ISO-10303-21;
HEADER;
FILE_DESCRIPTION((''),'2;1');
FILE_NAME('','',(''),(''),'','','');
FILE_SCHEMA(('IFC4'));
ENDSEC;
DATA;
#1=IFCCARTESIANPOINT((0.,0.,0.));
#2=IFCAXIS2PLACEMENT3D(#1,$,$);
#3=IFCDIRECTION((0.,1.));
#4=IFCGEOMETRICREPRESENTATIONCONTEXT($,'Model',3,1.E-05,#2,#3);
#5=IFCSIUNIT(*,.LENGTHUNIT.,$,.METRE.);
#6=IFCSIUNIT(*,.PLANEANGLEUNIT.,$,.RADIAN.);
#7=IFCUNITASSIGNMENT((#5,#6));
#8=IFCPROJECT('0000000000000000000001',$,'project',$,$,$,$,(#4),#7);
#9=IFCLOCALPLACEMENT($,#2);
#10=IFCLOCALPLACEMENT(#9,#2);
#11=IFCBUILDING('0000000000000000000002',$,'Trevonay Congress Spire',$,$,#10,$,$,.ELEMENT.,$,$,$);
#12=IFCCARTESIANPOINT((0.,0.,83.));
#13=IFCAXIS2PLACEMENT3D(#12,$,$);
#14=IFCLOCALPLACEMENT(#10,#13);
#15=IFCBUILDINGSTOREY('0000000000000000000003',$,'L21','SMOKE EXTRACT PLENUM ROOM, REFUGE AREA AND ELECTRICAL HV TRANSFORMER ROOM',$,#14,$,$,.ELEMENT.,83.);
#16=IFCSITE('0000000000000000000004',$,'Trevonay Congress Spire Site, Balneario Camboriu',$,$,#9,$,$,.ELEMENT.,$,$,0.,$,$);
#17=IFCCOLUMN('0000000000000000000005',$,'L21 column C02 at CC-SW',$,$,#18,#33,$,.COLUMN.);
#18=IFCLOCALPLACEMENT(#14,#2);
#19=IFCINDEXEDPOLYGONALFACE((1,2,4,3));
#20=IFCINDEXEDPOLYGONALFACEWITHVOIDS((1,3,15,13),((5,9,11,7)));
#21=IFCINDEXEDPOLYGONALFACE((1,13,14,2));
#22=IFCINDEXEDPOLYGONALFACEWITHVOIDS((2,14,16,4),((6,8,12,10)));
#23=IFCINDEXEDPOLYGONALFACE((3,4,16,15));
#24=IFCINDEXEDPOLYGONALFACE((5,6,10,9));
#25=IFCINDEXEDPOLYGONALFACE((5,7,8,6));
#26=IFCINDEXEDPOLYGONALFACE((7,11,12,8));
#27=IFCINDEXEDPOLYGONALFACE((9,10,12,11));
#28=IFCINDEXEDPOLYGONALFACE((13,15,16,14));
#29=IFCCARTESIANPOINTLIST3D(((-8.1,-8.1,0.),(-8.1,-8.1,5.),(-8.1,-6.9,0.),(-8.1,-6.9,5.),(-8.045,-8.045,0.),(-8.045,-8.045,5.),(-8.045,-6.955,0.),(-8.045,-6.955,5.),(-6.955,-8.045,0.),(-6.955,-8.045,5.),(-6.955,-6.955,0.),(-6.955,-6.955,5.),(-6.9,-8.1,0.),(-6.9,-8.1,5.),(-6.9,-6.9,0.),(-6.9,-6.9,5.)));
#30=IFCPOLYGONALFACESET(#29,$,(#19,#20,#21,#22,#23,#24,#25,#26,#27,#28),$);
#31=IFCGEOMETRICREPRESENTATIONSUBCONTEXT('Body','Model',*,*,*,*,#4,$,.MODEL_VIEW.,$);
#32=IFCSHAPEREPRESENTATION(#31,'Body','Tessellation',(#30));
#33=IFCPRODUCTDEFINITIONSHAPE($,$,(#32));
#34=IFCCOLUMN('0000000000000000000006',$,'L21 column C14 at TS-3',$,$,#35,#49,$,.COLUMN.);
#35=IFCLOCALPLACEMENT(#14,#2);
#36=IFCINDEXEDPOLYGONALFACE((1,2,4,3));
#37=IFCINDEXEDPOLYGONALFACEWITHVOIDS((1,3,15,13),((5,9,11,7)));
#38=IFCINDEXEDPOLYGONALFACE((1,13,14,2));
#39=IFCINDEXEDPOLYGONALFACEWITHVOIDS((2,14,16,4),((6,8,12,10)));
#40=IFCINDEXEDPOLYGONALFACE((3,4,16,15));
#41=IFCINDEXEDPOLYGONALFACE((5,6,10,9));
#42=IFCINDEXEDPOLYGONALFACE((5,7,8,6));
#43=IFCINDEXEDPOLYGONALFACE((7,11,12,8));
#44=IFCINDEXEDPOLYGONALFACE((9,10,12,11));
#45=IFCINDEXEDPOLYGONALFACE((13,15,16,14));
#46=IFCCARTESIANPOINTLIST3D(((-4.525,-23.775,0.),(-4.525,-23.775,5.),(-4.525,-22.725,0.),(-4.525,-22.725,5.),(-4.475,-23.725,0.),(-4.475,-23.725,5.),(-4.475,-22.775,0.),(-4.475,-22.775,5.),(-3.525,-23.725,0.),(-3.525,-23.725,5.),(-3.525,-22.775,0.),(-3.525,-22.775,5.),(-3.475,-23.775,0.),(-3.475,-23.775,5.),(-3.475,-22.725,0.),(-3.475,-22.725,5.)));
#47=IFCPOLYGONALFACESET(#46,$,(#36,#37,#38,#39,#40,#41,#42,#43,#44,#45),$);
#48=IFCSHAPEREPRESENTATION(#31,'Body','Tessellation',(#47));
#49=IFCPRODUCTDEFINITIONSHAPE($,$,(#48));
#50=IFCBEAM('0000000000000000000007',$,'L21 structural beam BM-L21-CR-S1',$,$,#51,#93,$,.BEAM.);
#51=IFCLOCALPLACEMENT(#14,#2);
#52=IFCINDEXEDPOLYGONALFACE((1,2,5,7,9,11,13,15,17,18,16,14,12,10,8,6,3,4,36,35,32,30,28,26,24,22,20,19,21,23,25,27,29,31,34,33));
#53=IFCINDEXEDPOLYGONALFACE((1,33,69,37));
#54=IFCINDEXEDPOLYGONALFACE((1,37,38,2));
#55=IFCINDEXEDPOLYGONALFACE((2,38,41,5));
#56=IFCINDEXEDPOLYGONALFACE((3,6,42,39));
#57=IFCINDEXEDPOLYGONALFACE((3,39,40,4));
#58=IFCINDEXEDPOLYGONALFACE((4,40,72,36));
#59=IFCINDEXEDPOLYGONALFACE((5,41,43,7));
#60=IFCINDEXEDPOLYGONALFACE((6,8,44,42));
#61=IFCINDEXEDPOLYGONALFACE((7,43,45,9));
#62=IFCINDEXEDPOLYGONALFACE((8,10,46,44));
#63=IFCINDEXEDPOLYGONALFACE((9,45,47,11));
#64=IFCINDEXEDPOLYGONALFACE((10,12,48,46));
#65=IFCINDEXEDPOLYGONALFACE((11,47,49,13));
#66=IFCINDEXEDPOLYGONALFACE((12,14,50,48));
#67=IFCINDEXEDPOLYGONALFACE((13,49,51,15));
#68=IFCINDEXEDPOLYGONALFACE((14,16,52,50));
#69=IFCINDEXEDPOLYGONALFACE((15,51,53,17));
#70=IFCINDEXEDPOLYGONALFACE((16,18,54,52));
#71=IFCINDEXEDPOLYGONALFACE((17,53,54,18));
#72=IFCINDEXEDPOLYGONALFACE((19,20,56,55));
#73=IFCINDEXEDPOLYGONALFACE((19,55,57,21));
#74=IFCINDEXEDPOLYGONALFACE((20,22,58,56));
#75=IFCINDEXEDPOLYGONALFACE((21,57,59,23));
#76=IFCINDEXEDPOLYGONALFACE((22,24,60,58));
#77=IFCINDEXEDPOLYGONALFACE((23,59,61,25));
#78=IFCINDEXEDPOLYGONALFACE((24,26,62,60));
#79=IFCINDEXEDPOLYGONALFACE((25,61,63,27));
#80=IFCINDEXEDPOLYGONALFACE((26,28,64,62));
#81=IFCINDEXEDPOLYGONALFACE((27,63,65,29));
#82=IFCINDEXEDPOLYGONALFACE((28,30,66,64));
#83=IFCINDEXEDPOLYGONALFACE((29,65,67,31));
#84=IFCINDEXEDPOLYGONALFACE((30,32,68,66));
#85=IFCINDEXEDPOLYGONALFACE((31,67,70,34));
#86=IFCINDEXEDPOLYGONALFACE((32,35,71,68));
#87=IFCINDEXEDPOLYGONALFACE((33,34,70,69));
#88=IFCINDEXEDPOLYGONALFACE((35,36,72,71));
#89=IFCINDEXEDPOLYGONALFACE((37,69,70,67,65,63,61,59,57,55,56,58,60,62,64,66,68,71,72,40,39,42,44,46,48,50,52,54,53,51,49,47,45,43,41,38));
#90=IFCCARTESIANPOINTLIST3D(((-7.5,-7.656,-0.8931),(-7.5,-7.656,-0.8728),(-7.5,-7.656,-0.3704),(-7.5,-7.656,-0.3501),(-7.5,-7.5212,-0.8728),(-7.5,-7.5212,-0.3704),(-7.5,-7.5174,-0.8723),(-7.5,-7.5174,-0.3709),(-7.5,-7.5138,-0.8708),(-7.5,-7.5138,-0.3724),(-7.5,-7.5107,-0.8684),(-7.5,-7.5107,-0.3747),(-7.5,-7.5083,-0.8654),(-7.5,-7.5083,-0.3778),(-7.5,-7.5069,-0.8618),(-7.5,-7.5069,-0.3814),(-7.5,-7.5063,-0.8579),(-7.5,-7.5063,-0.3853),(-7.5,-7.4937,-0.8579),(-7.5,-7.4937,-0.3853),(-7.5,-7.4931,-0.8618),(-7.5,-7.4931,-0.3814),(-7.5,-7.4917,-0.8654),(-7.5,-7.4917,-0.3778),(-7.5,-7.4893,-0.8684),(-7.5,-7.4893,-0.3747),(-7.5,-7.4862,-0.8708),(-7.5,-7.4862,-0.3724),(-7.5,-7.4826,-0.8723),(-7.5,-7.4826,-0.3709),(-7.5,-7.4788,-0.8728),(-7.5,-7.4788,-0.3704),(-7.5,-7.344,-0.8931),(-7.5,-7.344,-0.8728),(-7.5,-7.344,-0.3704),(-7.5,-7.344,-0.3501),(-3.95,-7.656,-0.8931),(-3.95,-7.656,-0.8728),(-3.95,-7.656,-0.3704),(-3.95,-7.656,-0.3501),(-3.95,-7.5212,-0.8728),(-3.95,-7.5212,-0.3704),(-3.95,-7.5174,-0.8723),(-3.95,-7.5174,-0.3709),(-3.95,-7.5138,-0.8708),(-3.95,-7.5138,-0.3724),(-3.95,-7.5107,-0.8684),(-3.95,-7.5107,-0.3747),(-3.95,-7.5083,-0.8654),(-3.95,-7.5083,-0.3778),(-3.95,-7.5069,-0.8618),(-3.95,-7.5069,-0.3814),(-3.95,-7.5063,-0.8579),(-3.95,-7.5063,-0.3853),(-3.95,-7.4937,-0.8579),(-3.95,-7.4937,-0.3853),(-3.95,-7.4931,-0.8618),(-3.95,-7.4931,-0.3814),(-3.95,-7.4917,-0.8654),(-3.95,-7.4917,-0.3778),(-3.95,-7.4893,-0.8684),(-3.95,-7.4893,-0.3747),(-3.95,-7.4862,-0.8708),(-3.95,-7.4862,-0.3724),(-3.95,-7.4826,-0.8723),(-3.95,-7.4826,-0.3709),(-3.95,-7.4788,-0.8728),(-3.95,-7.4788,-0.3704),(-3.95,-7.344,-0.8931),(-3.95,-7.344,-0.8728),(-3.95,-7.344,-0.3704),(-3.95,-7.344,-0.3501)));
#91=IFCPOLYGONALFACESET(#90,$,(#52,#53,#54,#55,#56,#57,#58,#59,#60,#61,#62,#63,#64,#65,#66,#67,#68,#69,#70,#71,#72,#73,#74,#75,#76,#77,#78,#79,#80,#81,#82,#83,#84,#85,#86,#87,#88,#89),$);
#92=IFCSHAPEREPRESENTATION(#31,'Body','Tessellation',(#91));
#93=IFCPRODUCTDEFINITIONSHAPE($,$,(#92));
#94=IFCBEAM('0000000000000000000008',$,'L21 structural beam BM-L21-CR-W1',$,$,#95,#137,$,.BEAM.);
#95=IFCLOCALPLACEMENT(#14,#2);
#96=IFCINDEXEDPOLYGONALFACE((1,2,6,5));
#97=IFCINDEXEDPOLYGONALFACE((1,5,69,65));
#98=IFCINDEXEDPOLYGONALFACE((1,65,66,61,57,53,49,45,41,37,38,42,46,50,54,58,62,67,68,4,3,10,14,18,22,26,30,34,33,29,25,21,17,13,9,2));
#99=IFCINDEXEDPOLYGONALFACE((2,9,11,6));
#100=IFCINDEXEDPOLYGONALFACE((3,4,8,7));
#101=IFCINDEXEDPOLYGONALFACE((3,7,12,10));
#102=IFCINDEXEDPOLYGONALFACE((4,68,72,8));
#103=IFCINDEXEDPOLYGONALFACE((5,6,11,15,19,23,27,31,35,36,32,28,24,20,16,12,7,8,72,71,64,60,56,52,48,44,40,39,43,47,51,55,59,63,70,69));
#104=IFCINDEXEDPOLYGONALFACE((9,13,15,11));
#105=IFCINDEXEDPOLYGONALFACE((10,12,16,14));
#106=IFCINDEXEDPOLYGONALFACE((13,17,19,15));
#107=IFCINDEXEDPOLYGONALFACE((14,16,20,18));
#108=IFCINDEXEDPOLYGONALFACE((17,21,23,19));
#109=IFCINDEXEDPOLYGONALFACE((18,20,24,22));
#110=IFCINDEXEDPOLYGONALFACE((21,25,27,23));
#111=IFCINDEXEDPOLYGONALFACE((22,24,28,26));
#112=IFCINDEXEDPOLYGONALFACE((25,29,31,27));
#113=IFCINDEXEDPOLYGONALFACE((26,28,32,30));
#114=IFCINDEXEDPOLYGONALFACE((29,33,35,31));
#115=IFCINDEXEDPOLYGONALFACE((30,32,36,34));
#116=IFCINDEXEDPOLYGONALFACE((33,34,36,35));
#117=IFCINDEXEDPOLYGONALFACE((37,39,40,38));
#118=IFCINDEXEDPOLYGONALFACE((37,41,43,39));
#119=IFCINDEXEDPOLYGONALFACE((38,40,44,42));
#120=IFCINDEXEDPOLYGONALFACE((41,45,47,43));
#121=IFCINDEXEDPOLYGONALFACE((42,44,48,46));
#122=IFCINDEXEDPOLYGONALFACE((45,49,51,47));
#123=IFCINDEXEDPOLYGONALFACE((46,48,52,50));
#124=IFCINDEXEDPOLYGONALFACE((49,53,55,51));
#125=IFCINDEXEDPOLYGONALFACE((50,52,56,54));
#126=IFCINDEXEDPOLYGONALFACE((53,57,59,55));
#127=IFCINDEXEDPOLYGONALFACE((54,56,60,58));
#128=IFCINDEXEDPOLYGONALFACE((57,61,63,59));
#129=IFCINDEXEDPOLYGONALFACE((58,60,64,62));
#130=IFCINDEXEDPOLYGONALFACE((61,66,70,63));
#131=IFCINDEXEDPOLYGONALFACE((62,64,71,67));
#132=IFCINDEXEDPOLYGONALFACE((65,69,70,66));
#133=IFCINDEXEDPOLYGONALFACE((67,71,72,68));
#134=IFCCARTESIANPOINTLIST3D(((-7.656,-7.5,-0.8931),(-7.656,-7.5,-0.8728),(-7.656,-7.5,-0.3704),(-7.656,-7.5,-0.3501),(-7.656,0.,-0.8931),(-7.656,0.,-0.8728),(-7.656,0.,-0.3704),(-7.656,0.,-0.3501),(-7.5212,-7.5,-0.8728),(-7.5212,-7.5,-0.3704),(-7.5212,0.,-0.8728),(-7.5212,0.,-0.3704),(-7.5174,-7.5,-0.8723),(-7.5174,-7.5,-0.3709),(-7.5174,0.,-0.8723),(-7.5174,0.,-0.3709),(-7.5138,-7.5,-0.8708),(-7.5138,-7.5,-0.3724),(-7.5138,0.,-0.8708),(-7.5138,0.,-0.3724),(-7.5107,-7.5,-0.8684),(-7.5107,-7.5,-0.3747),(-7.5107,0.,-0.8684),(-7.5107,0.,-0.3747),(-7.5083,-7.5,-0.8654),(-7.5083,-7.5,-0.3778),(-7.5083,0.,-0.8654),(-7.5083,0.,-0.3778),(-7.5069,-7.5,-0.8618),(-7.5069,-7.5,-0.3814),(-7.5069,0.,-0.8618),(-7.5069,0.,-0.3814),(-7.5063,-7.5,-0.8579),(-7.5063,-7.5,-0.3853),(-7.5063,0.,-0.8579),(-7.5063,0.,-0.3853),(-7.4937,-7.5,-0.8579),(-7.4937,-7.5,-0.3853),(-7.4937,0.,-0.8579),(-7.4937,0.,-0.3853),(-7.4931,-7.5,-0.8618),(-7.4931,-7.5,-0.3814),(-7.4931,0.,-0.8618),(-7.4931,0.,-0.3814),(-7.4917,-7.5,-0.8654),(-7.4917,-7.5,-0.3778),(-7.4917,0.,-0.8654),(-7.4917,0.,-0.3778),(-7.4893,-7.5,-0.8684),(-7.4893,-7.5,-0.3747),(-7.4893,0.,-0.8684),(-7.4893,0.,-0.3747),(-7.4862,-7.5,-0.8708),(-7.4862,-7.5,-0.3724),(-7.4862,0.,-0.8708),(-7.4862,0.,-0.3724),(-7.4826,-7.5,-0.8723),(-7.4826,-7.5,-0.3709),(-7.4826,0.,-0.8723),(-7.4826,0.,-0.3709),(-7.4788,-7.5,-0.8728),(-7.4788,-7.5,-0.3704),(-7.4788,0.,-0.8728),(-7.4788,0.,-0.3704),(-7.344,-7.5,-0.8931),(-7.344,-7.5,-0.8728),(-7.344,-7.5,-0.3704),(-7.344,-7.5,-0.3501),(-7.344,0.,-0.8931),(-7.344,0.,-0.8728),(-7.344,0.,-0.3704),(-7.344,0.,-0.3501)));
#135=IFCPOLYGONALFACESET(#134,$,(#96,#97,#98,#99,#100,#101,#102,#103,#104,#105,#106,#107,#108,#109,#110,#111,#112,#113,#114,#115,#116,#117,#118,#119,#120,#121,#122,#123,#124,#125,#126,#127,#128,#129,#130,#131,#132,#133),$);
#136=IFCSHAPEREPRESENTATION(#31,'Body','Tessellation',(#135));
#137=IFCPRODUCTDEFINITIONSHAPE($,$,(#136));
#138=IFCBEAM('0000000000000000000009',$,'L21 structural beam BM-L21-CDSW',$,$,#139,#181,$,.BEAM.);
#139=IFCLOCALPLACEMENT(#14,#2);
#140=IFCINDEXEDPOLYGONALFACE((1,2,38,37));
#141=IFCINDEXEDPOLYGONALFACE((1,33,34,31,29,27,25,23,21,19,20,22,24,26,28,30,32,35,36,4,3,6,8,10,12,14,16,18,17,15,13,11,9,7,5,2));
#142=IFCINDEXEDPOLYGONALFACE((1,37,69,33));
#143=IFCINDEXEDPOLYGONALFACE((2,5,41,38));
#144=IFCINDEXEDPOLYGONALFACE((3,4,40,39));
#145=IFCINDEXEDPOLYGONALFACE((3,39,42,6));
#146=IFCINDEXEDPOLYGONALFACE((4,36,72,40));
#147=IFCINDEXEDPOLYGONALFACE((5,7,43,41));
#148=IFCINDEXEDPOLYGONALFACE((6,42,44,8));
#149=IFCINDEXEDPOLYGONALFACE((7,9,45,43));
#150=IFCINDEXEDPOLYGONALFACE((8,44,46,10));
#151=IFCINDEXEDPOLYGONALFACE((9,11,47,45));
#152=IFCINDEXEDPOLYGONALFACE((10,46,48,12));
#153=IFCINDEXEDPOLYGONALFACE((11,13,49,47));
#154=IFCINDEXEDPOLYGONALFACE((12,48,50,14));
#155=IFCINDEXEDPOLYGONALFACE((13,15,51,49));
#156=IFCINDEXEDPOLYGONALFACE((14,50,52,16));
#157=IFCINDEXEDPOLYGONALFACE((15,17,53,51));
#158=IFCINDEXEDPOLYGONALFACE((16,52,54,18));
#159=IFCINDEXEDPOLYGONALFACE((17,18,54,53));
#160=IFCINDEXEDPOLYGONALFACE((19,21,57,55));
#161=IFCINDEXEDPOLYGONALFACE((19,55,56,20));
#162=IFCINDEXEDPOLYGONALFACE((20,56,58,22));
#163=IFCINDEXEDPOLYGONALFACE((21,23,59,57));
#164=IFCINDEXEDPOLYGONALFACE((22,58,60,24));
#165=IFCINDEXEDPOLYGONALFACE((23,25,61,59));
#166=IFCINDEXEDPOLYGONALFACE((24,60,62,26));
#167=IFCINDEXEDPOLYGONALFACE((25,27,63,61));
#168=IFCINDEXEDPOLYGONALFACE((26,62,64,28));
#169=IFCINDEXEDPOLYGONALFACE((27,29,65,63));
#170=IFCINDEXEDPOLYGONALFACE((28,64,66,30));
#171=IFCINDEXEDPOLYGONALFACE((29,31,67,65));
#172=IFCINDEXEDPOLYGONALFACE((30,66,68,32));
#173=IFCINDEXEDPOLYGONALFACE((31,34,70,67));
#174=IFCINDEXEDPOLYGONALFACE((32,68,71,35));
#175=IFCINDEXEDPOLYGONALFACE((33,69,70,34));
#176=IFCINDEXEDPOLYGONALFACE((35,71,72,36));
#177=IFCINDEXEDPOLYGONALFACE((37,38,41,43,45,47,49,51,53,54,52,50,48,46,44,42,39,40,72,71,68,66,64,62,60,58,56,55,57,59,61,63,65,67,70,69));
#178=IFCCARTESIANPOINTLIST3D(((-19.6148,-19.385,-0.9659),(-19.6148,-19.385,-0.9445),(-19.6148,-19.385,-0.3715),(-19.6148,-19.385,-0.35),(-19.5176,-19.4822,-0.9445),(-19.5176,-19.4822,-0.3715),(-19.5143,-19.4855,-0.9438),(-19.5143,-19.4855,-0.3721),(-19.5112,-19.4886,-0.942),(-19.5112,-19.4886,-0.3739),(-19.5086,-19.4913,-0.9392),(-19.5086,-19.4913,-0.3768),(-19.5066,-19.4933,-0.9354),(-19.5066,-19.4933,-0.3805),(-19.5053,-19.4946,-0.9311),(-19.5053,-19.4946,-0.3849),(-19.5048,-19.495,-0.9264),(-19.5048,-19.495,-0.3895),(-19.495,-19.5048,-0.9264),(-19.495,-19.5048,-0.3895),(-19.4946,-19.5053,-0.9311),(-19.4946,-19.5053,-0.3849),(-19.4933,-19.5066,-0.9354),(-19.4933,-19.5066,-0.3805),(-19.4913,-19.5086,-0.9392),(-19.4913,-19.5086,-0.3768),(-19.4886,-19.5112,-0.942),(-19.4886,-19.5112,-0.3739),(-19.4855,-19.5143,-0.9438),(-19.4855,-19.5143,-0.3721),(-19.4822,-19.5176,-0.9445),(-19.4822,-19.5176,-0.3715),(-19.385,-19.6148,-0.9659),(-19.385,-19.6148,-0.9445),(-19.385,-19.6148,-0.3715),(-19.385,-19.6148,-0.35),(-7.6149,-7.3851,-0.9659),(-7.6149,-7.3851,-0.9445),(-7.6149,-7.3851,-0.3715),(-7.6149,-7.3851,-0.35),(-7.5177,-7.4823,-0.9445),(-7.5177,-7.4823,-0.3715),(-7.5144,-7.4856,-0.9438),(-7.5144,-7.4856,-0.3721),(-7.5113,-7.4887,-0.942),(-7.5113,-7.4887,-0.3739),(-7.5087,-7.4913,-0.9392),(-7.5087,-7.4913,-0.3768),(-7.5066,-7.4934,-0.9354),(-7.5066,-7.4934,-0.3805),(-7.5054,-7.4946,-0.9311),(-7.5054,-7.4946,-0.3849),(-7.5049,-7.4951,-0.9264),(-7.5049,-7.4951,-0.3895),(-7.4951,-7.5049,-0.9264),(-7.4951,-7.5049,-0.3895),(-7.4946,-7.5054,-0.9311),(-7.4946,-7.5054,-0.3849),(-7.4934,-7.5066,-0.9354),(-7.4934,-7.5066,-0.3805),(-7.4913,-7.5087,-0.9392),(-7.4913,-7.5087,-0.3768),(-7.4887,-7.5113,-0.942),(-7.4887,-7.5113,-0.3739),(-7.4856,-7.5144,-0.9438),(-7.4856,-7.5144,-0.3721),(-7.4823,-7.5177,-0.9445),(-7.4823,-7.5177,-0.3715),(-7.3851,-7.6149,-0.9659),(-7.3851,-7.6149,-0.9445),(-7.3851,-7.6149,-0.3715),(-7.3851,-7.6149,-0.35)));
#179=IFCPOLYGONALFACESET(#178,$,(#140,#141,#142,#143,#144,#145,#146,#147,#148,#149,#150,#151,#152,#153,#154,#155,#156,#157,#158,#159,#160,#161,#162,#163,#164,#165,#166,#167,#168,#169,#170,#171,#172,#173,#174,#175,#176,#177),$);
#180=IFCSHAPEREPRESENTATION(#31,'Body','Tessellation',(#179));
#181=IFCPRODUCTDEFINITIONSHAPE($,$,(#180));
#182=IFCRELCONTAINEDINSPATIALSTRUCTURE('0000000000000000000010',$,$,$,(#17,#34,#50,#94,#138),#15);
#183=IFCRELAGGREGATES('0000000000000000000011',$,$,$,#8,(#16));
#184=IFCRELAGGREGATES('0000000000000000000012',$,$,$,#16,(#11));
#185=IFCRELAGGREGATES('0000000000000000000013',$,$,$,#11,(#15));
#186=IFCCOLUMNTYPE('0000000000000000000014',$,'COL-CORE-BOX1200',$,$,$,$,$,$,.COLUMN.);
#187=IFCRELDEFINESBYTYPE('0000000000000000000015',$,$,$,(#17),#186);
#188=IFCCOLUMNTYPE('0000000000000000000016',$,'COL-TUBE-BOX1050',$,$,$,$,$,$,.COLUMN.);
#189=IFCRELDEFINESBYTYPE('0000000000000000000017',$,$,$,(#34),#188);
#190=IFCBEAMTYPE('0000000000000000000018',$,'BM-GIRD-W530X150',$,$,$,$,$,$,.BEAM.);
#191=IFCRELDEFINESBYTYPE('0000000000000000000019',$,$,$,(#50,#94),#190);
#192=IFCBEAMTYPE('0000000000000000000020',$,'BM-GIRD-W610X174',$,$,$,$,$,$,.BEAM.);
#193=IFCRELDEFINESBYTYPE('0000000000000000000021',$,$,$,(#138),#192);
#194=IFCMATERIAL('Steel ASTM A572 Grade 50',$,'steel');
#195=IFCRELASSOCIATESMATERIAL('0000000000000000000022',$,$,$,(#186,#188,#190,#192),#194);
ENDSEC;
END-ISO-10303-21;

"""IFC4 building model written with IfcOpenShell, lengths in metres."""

from ifc_helpers import new_model, si_unit, direction, frame, origin, origin_2d, place, context, subcontext, project, spatial, hollow_rectangle, i_section, extrude, material, material_profile, profile_set, type_object, element, save


model = new_model("IFC4")

# Units and contexts
model_context = context("Model", 3, precision=1e-05, world=origin(), true_north=direction((0.0, 1.0)))
body_context = subcontext(model_context, "Body", "Model", "MODEL_VIEW")
ifc_project = project(units=[si_unit("LENGTHUNIT", "METRE"), si_unit("PLANEANGLEUNIT", "RADIAN")], contexts=[model_context])

# Site, building, storey
site_placement = place(None, origin())
site = spatial("IfcSite", under=ifc_project, at=site_placement, Name="Trevonay Congress Spire Site, Balneario Camboriu", CompositionType="ELEMENT", RefElevation=0.0)
building_placement = place(site_placement, origin())
building = spatial("IfcBuilding", under=site, at=building_placement, Name="Trevonay Congress Spire", CompositionType="ELEMENT")
storey_placement = place(building_placement, frame((0.0, 0.0, 83.0)))
storey = spatial("IfcBuildingStorey", under=building, at=storey_placement, Name="L21", Description="SMOKE EXTRACT PLENUM ROOM, REFUGE AREA AND ELECTRICAL HV TRANSFORMER ROOM", CompositionType="ELEMENT", Elevation=83.0)

# Columns
ifc_material_1 = material(Name="Steel ASTM A572 Grade 50", Category="steel")
ifc_material_profile_1 = material_profile(ifc_material_1, hollow_rectangle(XDim=1.2, YDim=1.2, WallThickness=0.0549, at=origin_2d()), Name="BOX 1200x1200x55")
ifc_profile_set_1 = profile_set([ifc_material_profile_1], Name="Steel ASTM A572 Grade 50")
column_type_1 = type_object("IfcColumnType", Name="COL-CORE-BOX1200", PredefinedType="COLUMN", material=ifc_profile_set_1)
column_1_placement = place(storey_placement, frame((-7.5, -7.5, 0.0), z_axis=(0.0, 0.0, 1.0), x_axis=(1.0, 0.0, 0.0)))
element("IfcColumn", 1, at=column_1_placement, inside=storey, type_object=column_type_1, Name="L21 column C02 at CC-SW", PredefinedType="COLUMN", context=body_context, shape_type="SweptSolid", body=[
    extrude(hollow_rectangle(XDim=1.2, YDim=1.2, WallThickness=0.0549, at=origin_2d()), origin(), (0.0, 0.0, 1.0), 5.0),
])
ifc_material_profile_2 = material_profile(ifc_material_1, hollow_rectangle(XDim=1.05, YDim=1.05, WallThickness=0.05, at=origin_2d()), Name="BOX 1050x1050x50")
ifc_profile_set_2 = profile_set([ifc_material_profile_2], Name="Steel ASTM A572 Grade 50")
column_type_2 = type_object("IfcColumnType", Name="COL-TUBE-BOX1050", PredefinedType="COLUMN", material=ifc_profile_set_2)
column_2_placement = place(storey_placement, frame((-4.0, -23.25, 0.0), z_axis=(0.0, 0.0, 1.0), x_axis=(1.0, 0.0, 0.0)))
element("IfcColumn", 2, at=column_2_placement, inside=storey, type_object=column_type_2, Name="L21 column C14 at TS-3", PredefinedType="COLUMN", context=body_context, shape_type="SweptSolid", body=[
    extrude(hollow_rectangle(XDim=1.05, YDim=1.05, WallThickness=0.05, at=origin_2d()), origin(), (0.0, 0.0, 1.0), 5.0),
])

# Beams
ifc_material_profile_3 = material_profile(ifc_material_1, i_section(OverallWidth=0.312, OverallDepth=0.543, WebThickness=0.0127, FlangeThickness=0.0203, FilletRadius=0.0149, at=origin_2d()), Name="W530x150")
ifc_profile_set_3 = profile_set([ifc_material_profile_3], Name="Steel ASTM A572 Grade 50")
beam_type_1 = type_object("IfcBeamType", Name="BM-GIRD-W530X150", PredefinedType="BEAM", material=ifc_profile_set_3)
beam_1_placement = place(storey_placement, frame((-7.5, -7.5, -0.6216), z_axis=(1.0, 0.0, 0.0), x_axis=(0.0, 1.0, 0.0)))
element("IfcBeam", 3, at=beam_1_placement, inside=storey, type_object=beam_type_1, Name="L21 structural beam BM-L21-CR-S1", PredefinedType="BEAM", context=body_context, shape_type="SweptSolid", body=[
    extrude(i_section(OverallWidth=0.312, OverallDepth=0.543, WebThickness=0.0127, FlangeThickness=0.0203, FilletRadius=0.0149, at=origin_2d()), origin(), (0.0, 0.0, 1.0), 3.55),
])
beam_2_placement = place(storey_placement, frame((-7.5, -7.5, -0.6216), z_axis=(0.0, 1.0, 0.0), x_axis=(-1.0, 0.0, 0.0)))
element("IfcBeam", 4, at=beam_2_placement, inside=storey, type_object=beam_type_1, Name="L21 structural beam BM-L21-CR-W1", PredefinedType="BEAM", context=body_context, shape_type="SweptSolid", body=[
    extrude(i_section(OverallWidth=0.312, OverallDepth=0.543, WebThickness=0.0127, FlangeThickness=0.0203, FilletRadius=0.0149, at=origin_2d()), origin(), (0.0, 0.0, 1.0), 7.5),
])
ifc_material_profile_4 = material_profile(ifc_material_1, i_section(OverallWidth=0.325, OverallDepth=0.616, WebThickness=0.0139, FlangeThickness=0.0215, FilletRadius=0.0181, at=origin_2d()), Name="W610x174")
ifc_profile_set_4 = profile_set([ifc_material_profile_4], Name="Steel ASTM A572 Grade 50")
beam_type_2 = type_object("IfcBeamType", Name="BM-GIRD-W610X174", PredefinedType="BEAM", material=ifc_profile_set_4)
beam_3_placement = place(storey_placement, frame((-7.5, -7.5, -0.658), z_axis=(-0.707107, -0.707107, 0.0), x_axis=(0.707107, -0.707107, 0.0)))
element("IfcBeam", 5, at=beam_3_placement, inside=storey, type_object=beam_type_2, Name="L21 structural beam BM-L21-CDSW", PredefinedType="BEAM", context=body_context, shape_type="SweptSolid", body=[
    extrude(i_section(OverallWidth=0.325, OverallDepth=0.616, WebThickness=0.0139, FlangeThickness=0.0215, FilletRadius=0.0181, at=origin_2d()), origin(), (0.0, 0.0, 1.0), 16.9705),
])

save(model, "model.ifc")
